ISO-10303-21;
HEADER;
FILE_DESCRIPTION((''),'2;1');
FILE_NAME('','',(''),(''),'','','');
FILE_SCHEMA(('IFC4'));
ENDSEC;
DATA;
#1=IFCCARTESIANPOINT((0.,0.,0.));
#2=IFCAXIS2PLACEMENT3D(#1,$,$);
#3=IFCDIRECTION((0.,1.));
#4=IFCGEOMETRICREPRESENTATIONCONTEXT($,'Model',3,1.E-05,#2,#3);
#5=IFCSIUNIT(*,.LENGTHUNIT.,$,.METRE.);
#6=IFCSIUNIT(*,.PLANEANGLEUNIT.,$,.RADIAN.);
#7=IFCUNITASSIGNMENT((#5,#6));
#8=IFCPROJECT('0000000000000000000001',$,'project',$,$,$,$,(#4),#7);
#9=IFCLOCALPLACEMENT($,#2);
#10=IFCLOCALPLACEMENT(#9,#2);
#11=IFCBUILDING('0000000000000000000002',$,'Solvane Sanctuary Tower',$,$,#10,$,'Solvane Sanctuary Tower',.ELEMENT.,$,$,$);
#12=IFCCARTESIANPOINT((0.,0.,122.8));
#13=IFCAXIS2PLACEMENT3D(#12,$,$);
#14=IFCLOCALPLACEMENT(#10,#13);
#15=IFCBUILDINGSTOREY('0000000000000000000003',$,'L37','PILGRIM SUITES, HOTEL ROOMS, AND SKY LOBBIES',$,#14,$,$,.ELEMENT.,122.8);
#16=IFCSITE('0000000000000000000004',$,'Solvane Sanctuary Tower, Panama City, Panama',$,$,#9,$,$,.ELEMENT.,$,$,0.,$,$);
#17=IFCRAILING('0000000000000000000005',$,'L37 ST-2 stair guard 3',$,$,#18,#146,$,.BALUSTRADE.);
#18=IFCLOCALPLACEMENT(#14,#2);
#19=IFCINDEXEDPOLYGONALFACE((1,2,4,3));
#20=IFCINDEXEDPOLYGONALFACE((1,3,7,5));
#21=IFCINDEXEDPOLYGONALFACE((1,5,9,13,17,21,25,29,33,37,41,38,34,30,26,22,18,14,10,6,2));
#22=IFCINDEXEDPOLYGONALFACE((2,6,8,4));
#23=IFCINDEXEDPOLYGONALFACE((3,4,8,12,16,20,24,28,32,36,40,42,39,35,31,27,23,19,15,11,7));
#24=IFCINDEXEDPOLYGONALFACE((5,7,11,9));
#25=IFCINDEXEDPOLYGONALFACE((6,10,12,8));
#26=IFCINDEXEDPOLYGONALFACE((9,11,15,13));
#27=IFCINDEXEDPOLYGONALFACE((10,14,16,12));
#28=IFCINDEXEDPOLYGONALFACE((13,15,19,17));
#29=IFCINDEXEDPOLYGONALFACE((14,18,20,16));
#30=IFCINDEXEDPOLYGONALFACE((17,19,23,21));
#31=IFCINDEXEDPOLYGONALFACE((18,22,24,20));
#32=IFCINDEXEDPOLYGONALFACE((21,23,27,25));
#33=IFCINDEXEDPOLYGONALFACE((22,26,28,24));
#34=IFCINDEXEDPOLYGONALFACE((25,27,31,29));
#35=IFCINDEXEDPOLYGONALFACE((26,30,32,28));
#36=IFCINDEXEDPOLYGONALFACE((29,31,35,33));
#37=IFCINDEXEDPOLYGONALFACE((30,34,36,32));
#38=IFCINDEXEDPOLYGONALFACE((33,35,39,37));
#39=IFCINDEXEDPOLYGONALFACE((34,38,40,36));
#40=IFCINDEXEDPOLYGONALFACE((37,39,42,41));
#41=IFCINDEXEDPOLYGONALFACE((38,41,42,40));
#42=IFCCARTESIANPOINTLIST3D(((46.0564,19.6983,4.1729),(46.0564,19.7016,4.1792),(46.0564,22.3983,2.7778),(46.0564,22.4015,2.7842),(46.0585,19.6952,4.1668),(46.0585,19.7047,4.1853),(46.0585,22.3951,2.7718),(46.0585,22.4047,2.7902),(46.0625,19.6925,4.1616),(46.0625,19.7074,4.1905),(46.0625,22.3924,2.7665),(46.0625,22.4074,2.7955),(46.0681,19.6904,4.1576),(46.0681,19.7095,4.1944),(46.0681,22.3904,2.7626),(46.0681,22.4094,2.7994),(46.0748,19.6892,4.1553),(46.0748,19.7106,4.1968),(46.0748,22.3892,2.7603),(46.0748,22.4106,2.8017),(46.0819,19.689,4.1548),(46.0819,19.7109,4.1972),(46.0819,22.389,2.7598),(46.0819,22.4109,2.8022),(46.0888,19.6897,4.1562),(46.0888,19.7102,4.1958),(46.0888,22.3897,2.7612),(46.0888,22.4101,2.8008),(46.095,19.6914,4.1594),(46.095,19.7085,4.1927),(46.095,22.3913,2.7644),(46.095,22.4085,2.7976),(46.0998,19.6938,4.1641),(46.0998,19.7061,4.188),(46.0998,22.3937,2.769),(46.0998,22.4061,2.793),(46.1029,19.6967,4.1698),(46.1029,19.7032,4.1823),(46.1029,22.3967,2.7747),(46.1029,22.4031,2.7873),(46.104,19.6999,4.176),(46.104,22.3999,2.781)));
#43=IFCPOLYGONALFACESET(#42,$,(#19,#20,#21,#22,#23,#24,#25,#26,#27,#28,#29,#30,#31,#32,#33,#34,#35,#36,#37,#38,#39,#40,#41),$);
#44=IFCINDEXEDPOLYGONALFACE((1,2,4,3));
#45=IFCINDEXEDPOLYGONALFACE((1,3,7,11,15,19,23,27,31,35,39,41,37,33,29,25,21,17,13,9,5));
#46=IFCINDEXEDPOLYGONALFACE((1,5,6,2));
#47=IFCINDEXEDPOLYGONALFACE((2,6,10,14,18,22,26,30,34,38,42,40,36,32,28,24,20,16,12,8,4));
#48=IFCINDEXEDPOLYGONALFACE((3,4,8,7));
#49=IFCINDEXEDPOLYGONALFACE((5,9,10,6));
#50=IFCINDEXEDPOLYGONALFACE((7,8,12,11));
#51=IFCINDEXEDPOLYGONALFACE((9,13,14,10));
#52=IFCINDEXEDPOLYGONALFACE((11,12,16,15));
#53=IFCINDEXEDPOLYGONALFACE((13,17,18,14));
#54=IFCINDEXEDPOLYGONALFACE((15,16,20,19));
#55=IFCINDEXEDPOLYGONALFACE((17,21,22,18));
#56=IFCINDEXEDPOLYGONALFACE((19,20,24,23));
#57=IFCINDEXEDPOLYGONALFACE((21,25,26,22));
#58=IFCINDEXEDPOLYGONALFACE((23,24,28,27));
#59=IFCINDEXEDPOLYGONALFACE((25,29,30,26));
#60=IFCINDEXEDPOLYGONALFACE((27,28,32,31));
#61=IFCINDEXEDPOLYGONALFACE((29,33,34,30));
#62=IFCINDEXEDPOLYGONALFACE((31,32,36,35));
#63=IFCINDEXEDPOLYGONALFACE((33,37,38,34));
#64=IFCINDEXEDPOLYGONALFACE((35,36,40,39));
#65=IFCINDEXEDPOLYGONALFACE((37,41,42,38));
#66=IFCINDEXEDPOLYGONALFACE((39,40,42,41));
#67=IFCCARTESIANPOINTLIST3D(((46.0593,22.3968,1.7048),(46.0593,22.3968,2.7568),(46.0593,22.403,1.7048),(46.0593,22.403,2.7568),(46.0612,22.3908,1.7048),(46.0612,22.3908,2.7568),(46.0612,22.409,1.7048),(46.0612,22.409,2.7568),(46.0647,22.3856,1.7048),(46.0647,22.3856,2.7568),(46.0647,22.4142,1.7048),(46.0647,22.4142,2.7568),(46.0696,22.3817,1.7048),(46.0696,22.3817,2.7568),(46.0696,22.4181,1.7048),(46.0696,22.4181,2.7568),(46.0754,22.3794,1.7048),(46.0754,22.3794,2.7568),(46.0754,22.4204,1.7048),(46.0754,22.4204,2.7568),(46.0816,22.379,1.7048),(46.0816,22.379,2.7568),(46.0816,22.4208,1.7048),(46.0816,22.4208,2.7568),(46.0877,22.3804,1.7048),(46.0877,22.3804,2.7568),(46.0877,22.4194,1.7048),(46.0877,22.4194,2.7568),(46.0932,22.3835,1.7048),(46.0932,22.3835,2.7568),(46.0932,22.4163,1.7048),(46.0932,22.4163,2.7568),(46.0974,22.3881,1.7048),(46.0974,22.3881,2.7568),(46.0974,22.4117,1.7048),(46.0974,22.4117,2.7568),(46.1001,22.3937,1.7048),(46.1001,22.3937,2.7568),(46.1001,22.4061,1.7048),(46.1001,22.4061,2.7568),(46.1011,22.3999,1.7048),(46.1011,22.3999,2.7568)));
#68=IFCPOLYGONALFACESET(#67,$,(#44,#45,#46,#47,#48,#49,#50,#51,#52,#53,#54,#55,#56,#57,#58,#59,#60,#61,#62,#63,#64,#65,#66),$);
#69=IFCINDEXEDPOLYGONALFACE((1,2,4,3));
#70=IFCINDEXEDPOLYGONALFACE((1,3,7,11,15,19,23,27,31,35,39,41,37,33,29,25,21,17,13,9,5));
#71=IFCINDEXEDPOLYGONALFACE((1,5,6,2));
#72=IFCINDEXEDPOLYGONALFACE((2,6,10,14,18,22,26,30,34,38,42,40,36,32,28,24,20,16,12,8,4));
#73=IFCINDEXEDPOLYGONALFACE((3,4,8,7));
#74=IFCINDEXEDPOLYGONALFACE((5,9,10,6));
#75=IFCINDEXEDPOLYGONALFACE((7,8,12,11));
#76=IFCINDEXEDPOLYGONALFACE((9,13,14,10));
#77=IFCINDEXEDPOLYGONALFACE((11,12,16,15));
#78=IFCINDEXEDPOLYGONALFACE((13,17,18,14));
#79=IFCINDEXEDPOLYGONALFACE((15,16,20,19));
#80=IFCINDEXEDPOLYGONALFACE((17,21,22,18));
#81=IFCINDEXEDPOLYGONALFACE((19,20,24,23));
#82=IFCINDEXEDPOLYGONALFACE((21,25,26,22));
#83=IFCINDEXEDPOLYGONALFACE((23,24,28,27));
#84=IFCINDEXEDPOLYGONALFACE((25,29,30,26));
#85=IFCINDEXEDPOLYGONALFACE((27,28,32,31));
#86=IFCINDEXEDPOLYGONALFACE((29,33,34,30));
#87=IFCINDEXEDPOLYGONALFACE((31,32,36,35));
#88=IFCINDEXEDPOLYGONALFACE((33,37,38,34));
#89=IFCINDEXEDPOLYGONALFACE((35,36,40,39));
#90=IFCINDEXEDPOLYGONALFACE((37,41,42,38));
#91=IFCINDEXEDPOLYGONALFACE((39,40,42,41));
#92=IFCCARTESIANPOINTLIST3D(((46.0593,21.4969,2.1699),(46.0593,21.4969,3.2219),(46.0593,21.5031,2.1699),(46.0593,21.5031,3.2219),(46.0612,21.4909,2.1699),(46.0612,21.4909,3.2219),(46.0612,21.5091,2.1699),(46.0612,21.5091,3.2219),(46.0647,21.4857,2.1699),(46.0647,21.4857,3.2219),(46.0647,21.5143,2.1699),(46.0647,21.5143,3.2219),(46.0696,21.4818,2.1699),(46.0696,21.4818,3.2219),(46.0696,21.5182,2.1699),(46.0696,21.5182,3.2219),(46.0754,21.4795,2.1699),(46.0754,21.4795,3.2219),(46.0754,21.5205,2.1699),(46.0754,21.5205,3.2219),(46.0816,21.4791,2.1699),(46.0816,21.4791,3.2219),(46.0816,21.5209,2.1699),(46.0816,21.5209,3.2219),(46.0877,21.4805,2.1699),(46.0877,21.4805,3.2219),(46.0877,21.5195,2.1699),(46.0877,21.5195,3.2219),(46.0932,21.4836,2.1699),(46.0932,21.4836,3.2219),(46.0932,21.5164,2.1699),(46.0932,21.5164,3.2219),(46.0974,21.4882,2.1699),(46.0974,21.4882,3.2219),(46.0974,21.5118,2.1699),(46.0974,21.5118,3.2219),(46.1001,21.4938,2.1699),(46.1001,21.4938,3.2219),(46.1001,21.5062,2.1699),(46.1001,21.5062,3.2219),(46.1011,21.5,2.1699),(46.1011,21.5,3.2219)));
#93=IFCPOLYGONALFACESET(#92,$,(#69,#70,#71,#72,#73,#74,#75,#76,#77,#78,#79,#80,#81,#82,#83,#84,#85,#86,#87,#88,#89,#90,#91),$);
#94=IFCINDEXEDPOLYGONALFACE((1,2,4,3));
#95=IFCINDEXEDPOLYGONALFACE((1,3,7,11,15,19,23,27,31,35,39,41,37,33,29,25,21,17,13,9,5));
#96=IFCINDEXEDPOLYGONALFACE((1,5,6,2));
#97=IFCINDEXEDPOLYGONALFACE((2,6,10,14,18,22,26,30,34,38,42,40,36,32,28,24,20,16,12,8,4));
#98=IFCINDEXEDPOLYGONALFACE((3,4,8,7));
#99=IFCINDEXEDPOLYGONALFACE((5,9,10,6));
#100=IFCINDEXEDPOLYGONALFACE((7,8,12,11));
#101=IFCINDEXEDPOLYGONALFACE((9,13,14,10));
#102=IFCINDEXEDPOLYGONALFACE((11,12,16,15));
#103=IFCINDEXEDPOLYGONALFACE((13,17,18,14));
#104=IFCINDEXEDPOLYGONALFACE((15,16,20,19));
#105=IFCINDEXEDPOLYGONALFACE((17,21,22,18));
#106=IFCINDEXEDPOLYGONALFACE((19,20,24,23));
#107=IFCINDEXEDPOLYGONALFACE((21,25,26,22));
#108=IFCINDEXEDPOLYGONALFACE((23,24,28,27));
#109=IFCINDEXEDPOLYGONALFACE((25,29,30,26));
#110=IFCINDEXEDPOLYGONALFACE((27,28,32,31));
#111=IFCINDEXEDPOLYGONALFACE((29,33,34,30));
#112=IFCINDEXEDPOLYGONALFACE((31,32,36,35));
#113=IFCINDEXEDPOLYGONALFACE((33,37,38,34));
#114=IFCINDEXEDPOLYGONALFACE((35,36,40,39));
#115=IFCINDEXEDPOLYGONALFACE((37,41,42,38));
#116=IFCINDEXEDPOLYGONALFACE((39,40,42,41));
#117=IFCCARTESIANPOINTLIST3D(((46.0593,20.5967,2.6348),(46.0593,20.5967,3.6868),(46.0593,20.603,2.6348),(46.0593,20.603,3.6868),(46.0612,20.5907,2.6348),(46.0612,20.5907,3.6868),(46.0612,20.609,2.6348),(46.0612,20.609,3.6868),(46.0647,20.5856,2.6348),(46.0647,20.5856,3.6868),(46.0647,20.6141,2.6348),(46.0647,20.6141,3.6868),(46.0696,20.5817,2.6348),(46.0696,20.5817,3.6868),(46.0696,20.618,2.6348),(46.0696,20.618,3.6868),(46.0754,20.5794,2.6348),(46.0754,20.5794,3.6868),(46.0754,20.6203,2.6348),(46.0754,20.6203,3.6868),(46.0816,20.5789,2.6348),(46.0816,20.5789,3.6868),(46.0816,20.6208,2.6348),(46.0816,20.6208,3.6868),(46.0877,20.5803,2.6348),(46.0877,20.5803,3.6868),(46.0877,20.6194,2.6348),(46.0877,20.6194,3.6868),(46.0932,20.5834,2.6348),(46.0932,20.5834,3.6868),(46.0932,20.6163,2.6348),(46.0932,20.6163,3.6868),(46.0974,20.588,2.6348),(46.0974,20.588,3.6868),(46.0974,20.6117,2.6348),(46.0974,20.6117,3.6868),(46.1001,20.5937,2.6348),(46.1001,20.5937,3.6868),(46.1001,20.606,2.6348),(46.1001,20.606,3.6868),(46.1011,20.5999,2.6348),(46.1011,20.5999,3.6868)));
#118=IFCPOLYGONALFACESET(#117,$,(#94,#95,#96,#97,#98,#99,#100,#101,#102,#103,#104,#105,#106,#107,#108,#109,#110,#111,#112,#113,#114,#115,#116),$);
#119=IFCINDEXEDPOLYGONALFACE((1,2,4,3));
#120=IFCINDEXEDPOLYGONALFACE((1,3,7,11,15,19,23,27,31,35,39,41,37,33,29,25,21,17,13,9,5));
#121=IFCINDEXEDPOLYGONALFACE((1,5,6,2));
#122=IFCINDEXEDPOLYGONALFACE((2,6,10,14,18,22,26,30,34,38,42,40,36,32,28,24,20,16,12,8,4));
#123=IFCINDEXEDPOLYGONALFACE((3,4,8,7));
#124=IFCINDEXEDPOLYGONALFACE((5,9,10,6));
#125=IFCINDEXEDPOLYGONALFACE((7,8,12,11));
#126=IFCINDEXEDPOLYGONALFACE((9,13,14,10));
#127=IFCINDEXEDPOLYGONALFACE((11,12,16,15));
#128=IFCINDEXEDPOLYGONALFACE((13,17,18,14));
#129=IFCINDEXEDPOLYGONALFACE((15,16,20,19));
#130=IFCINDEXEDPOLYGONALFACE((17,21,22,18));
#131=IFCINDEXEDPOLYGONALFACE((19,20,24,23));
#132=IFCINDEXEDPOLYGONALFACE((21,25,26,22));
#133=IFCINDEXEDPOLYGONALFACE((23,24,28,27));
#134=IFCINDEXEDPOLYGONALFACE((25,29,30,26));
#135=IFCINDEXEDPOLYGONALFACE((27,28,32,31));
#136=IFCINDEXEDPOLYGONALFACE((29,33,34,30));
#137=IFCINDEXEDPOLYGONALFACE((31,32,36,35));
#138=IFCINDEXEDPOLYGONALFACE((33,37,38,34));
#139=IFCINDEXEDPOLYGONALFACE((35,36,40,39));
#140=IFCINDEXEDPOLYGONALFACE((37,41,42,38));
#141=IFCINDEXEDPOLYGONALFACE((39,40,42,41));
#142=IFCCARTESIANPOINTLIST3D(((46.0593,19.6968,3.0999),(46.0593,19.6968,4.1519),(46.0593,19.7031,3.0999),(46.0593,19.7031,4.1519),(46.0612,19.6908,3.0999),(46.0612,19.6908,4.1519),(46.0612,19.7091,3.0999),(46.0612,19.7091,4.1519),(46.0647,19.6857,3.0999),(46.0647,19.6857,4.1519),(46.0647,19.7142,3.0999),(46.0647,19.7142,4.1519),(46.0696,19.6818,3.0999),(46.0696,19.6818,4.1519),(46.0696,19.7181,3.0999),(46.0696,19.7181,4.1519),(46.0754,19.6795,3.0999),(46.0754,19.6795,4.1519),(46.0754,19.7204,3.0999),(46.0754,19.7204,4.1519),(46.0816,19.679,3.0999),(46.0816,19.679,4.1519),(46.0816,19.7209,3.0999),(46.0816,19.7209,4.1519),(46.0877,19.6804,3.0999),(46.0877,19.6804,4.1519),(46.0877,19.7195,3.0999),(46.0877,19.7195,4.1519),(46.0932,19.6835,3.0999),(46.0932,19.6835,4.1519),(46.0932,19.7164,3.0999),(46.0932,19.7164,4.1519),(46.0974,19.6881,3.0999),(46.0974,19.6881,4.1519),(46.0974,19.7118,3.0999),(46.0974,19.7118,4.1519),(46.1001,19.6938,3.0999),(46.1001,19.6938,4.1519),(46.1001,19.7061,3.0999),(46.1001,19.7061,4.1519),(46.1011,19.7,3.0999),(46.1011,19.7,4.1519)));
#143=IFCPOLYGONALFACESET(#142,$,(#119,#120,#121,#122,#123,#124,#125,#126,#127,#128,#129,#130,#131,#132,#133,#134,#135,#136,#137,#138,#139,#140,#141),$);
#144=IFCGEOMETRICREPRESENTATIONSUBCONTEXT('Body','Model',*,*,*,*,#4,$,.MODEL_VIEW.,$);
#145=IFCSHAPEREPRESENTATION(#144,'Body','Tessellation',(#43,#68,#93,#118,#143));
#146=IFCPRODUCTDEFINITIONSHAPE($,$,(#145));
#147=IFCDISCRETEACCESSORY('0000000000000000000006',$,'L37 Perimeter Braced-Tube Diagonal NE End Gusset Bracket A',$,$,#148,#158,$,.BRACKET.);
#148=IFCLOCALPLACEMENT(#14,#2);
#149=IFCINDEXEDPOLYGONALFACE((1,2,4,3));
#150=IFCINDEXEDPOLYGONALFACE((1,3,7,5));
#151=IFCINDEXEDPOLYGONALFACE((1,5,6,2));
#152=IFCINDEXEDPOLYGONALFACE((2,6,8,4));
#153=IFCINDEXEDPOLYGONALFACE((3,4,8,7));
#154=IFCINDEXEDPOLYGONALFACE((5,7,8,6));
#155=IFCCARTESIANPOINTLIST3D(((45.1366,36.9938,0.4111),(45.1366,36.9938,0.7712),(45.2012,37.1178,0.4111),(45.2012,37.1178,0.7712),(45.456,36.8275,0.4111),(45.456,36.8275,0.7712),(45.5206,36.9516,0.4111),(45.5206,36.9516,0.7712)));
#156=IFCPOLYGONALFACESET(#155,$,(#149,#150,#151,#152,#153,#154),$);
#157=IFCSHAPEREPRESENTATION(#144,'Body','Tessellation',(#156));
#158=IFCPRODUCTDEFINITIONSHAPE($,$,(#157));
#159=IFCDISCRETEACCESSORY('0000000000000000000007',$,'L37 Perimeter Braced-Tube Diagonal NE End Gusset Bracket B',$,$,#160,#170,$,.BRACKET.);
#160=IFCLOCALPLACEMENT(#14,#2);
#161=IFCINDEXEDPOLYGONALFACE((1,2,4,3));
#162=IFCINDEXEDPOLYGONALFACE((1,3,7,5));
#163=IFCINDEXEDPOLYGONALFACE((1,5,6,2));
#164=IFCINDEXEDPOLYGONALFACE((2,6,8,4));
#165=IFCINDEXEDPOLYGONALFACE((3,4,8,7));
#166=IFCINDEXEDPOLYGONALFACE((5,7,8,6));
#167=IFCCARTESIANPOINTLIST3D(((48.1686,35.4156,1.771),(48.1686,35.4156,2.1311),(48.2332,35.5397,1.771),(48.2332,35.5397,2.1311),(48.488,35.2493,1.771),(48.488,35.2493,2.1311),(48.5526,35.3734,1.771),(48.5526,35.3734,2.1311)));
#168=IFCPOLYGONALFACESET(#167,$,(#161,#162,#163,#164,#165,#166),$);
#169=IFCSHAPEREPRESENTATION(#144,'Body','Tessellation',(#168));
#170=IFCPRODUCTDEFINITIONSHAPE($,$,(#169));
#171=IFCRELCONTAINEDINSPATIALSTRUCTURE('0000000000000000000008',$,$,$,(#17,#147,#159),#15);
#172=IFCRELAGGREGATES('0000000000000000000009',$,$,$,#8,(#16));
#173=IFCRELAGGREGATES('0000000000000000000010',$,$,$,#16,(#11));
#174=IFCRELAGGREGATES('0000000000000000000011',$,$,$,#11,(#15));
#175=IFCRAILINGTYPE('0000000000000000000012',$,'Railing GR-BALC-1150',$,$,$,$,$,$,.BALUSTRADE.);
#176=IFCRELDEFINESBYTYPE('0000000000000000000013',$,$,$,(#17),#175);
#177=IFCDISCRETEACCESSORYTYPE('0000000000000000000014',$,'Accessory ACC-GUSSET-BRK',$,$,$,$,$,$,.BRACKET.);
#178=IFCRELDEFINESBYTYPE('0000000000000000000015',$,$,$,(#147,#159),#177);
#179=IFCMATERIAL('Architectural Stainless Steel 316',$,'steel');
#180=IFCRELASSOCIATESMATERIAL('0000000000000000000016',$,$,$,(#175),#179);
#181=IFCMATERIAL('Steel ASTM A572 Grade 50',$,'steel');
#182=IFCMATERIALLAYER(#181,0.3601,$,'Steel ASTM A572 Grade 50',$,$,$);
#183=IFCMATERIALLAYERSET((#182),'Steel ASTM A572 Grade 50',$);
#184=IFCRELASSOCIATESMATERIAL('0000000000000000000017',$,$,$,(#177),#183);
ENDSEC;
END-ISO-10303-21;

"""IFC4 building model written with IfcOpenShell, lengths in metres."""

from ifc_helpers import new_model, si_unit, direction, frame, origin, origin_2d, place, context, subcontext, project, spatial, rectangle, circle, extrude, material, layer, layer_set, type_object, element, save


model = new_model("IFC4")

# Units and contexts
model_context = context("Model", 3, precision=1e-05, world=origin(), true_north=direction((0.0, 1.0)))
body_context = subcontext(model_context, "Body", "Model", "MODEL_VIEW")
ifc_project = project(units=[si_unit("LENGTHUNIT", "METRE"), si_unit("PLANEANGLEUNIT", "RADIAN")], contexts=[model_context])

# Site, building, storey
site_placement = place(None, origin())
site = spatial("IfcSite", under=ifc_project, at=site_placement, Name="Solvane Sanctuary Tower, Panama City, Panama", CompositionType="ELEMENT", RefElevation=0.0)
building_placement = place(site_placement, origin())
building = spatial("IfcBuilding", under=site, at=building_placement, Name="Solvane Sanctuary Tower", LongName="Solvane Sanctuary Tower", CompositionType="ELEMENT")
storey_placement = place(building_placement, frame((0.0, 0.0, 122.8)))
storey = spatial("IfcBuildingStorey", under=building, at=storey_placement, Name="L37", Description="PILGRIM SUITES, HOTEL ROOMS, AND SKY LOBBIES", CompositionType="ELEMENT", Elevation=122.8)

# Shared definitions
ifc_material_1 = material(Name="Architectural Stainless Steel 316", Category="steel")

# Railing
railing_type = type_object("IfcRailingType", Name="Railing GR-BALC-1150", PredefinedType="BALUSTRADE", material=ifc_material_1)
railing_1_placement = place(storey_placement, frame((46.0801, 22.3999, 1.7048)))
element("IfcRailing", 1, at=railing_1_placement, inside=storey, type_object=railing_type, Name="L37 ST-2 stair guard 3", PredefinedType="BALUSTRADE", context=body_context, shape_type="SweptSolid", body=[
    extrude(circle(Radius=0.0239, at=origin_2d()), frame((0.0, 0.0, 1.0762), z_axis=(0.0, -0.88842, 0.459032), x_axis=(1.0, 0.0, 0.0)), (0.0, 0.0, 1.0), 3.0391),
    extrude(circle(Radius=0.021, at=origin_2d()), origin(), (0.0, 0.0, 1.0), 1.052),
    extrude(circle(Radius=0.021, at=origin_2d()), frame((0.0, -0.8999, 0.4651)), (0.0, 0.0, 1.0), 1.052),
    extrude(circle(Radius=0.021, at=origin_2d()), frame((0.0, -1.8, 0.9299)), (0.0, 0.0, 1.0), 1.052),
    extrude(circle(Radius=0.021, at=origin_2d()), frame((0.0, -2.7, 1.395)), (0.0, 0.0, 1.0), 1.052),
])

# Discrete accessories
ifc_material_2 = material(Name="Steel ASTM A572 Grade 50", Category="steel")
ifc_layer_1 = layer(ifc_material_2, 0.3601, Name="Steel ASTM A572 Grade 50")
ifc_layer_set_1 = layer_set([ifc_layer_1], Name="Steel ASTM A572 Grade 50")
discrete_accessory_type = type_object("IfcDiscreteAccessoryType", Name="Accessory ACC-GUSSET-BRK", PredefinedType="BRACKET", material=ifc_layer_set_1)
for number, where, z_axis, x_axis, name in (
    (2, (45.3286, 36.9727, 0.4111), (0.0, 0.0, 1.0), (0.887011, -0.461749, 0.0), "L37 Perimeter Braced-Tube Diagonal NE End Gusset Bracket A"),
    (3, (48.3606, 35.3945, 1.771), (0.0, 0.0, 1.0), (0.887011, -0.461749, 0.0), "L37 Perimeter Braced-Tube Diagonal NE End Gusset Bracket B"),
):
    element("IfcDiscreteAccessory", number, at=place(storey_placement, frame(where, z_axis=z_axis, x_axis=x_axis)), inside=storey, type_object=discrete_accessory_type, Name=name, PredefinedType="BRACKET", context=body_context, shape_type="SweptSolid", body=[
        extrude(rectangle(XDim=0.3601, YDim=0.1399, at=origin_2d()), origin(), (0.0, 0.0, 1.0), 0.3601),
    ])

save(model, "model.ifc")
